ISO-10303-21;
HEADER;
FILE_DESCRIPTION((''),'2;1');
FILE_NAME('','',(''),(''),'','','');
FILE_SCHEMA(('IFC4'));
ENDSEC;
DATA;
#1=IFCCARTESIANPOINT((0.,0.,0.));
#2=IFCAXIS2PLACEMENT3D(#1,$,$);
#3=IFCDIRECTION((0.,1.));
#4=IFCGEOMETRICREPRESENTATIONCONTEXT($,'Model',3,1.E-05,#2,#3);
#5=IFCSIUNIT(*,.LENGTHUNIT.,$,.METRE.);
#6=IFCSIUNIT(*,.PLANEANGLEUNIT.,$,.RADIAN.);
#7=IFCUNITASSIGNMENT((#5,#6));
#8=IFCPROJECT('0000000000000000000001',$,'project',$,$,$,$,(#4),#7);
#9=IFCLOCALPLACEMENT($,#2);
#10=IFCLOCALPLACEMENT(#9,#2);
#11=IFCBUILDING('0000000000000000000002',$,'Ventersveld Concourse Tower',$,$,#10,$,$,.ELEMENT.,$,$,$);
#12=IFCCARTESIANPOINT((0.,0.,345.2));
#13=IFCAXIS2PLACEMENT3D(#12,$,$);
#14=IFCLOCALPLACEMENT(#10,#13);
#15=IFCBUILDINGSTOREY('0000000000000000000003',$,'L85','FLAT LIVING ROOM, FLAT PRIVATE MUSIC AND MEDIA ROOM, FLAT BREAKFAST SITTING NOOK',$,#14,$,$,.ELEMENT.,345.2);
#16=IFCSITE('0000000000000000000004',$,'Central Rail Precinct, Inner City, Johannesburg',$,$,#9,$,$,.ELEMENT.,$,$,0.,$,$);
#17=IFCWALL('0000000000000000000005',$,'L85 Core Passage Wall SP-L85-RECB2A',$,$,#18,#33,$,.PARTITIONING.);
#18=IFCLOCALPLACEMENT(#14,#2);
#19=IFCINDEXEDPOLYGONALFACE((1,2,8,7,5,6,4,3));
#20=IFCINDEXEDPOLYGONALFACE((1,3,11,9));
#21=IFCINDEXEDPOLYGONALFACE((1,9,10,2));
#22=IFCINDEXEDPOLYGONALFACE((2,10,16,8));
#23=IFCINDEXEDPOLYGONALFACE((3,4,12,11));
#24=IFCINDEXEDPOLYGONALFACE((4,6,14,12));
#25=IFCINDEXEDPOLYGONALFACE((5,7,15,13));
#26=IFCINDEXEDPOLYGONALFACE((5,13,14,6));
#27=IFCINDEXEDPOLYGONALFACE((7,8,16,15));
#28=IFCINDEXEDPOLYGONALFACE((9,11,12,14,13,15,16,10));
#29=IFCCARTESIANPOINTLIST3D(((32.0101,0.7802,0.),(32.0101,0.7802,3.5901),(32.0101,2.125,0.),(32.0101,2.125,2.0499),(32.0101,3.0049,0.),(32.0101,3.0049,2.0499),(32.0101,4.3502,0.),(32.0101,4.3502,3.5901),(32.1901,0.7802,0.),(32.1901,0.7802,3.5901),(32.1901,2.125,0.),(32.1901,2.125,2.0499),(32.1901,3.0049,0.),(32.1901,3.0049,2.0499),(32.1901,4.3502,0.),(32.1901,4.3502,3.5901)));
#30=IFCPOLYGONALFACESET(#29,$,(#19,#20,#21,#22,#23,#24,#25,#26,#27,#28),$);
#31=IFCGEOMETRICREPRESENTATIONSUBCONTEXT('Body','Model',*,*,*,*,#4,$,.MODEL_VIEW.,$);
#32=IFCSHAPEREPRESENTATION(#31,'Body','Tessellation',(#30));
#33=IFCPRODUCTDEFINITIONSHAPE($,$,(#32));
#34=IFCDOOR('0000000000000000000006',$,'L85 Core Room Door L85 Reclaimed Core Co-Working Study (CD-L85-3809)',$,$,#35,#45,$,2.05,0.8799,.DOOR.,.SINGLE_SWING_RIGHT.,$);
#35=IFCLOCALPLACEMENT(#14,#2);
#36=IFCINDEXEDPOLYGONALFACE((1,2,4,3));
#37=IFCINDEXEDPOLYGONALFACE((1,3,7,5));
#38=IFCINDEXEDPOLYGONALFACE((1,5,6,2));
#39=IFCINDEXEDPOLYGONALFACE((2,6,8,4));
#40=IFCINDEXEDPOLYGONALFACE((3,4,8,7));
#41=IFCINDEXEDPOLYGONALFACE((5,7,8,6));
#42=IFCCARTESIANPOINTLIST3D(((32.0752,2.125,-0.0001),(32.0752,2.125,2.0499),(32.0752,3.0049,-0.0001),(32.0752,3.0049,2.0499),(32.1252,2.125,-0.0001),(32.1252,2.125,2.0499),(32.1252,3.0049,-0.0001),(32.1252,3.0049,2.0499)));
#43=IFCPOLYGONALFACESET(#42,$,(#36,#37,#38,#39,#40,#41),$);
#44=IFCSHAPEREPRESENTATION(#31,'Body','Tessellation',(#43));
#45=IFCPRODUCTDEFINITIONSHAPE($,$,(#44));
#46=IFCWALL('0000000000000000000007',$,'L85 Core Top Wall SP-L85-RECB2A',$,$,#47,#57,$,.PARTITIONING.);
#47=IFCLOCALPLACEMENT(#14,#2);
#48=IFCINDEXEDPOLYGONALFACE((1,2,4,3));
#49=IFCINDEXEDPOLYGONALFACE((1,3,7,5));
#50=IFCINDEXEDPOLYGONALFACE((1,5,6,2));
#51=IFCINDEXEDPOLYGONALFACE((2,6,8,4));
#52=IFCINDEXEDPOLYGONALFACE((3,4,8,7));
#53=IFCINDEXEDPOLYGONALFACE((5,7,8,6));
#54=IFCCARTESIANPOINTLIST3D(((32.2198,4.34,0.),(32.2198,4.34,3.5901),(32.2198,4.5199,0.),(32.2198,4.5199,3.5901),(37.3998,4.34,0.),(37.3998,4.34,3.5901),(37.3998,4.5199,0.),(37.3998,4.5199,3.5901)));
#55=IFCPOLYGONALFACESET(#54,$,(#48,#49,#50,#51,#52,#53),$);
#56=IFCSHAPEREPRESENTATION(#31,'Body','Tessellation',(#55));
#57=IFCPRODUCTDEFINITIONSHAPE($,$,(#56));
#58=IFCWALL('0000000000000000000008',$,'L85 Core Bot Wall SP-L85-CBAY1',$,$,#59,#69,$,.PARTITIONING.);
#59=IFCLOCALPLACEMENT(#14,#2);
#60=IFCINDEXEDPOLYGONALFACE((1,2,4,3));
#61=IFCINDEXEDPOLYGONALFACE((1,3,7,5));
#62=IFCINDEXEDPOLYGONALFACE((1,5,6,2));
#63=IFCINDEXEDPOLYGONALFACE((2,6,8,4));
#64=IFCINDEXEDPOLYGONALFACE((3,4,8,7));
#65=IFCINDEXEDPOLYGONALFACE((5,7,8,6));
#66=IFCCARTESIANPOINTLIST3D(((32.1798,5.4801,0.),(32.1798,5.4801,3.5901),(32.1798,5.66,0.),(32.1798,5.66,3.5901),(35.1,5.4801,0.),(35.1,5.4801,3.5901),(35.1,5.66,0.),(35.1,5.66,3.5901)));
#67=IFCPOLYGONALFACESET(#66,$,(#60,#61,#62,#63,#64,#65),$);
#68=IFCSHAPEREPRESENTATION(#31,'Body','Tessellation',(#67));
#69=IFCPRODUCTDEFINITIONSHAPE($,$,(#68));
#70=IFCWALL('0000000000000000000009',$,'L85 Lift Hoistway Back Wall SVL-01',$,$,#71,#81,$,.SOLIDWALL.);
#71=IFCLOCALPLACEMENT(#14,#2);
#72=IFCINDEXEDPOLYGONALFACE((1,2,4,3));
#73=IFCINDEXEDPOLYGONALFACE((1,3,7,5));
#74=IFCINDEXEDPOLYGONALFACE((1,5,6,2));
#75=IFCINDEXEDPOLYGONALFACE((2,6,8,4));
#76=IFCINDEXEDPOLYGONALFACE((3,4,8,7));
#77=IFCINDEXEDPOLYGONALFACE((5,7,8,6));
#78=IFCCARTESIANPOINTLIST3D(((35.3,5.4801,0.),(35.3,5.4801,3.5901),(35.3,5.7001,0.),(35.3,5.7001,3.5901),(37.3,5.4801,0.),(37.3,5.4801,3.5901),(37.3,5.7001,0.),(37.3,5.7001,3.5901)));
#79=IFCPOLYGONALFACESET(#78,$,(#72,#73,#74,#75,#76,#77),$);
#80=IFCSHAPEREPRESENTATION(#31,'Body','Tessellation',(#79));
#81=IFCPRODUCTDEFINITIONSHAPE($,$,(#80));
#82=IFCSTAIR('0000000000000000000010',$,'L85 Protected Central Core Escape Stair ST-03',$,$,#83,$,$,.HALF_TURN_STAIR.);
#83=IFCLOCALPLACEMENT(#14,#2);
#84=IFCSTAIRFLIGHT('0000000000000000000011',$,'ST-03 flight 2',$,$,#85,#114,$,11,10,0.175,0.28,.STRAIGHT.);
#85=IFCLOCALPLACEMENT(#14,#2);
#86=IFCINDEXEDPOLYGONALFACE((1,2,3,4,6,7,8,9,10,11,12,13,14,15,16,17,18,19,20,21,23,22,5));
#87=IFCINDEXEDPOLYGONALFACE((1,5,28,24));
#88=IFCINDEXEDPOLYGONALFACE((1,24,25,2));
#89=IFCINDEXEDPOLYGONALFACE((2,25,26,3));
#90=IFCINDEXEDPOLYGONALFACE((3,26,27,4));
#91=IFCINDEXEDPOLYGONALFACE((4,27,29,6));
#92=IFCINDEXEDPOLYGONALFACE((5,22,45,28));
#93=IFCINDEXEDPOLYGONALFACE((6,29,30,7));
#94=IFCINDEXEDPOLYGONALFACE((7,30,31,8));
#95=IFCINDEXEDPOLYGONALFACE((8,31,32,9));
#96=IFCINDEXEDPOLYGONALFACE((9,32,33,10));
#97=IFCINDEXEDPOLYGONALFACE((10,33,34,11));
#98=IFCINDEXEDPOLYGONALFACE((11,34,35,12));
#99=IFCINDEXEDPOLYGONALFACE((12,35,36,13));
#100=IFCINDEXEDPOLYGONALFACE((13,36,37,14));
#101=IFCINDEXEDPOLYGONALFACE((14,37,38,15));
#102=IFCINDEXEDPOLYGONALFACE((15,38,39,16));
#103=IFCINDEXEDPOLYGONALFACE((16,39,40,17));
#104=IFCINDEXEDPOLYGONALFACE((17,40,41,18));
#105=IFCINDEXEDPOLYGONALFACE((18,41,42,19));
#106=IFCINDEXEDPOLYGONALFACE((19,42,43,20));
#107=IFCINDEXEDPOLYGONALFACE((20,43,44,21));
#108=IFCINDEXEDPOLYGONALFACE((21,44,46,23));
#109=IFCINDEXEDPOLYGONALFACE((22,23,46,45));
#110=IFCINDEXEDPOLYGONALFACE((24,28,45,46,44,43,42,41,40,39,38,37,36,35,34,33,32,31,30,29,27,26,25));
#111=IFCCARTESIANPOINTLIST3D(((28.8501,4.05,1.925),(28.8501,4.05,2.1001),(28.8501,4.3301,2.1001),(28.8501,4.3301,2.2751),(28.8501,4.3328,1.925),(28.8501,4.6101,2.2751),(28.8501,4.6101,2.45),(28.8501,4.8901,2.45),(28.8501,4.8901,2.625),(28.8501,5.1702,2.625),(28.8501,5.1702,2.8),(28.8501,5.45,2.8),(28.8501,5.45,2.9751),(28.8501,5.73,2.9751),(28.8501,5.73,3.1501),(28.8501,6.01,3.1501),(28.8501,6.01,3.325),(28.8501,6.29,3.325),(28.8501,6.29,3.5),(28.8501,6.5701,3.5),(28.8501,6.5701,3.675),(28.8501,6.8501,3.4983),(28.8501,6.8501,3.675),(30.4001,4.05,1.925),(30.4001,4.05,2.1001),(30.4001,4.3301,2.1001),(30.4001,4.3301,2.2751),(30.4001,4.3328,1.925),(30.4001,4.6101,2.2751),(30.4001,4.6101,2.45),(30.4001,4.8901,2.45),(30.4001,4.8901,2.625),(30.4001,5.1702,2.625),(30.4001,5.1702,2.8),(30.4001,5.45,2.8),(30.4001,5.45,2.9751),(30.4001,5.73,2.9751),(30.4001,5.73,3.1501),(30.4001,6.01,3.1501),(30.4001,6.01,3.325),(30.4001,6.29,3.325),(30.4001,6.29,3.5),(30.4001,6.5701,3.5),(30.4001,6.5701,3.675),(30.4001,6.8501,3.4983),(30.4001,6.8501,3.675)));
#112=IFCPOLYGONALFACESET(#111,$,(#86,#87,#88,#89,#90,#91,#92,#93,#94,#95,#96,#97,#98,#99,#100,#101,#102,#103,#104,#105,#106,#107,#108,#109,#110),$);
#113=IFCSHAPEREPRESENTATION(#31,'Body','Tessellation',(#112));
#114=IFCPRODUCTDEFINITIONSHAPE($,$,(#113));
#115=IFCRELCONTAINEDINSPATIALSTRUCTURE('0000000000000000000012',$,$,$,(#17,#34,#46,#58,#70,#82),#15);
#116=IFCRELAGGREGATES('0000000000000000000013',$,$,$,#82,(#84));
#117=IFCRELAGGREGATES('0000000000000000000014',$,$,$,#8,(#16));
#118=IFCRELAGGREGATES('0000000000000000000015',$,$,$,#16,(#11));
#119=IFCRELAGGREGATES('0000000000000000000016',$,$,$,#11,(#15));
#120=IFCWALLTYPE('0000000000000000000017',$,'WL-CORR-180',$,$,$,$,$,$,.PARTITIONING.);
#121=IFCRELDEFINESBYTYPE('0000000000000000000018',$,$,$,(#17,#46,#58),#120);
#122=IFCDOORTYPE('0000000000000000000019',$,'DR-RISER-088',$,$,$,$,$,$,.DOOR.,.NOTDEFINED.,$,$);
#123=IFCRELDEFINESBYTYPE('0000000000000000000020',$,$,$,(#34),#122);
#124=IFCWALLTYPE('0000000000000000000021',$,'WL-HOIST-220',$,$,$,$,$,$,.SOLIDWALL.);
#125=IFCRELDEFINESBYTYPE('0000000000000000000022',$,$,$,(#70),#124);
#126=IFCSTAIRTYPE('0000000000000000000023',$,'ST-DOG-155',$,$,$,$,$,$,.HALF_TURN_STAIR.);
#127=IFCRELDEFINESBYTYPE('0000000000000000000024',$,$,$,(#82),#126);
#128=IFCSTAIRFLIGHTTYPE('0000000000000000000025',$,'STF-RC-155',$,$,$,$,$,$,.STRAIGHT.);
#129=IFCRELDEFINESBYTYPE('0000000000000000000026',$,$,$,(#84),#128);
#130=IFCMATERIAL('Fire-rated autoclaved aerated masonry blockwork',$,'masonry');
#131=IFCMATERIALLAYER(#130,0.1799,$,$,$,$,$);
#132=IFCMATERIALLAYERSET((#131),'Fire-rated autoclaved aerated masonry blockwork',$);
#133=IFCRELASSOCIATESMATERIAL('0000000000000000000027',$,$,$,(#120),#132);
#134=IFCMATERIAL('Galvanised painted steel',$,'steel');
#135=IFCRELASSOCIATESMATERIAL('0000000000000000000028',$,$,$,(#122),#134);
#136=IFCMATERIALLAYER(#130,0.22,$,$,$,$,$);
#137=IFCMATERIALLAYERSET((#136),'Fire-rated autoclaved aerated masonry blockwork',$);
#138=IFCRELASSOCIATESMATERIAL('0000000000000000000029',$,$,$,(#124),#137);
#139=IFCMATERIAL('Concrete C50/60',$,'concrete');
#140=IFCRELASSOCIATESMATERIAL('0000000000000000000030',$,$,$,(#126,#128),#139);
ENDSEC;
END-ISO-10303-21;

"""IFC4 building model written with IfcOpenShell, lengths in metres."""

from ifc_helpers import new_model, si_unit, direction, frame, frame_2d, origin, place, context, subcontext, project, spatial, polyline, rectangle, outline, extrude, material, layer, layer_set, type_object, element, fill, aggregate, save


model = new_model("IFC4")

# Units and contexts
model_context = context("Model", 3, precision=1e-05, world=origin(), true_north=direction((0.0, 1.0)))
body_context = subcontext(model_context, "Body", "Model", "MODEL_VIEW")
ifc_project = project(units=[si_unit("LENGTHUNIT", "METRE"), si_unit("PLANEANGLEUNIT", "RADIAN")], contexts=[model_context])

# Site, building, storey
site_placement = place(None, origin())
site = spatial("IfcSite", under=ifc_project, at=site_placement, Name="Central Rail Precinct, Inner City, Johannesburg", CompositionType="ELEMENT", RefElevation=0.0)
building_placement = place(site_placement, origin())
building = spatial("IfcBuilding", under=site, at=building_placement, Name="Ventersveld Concourse Tower", CompositionType="ELEMENT")
storey_placement = place(building_placement, frame((0.0, 0.0, 345.2)))
storey = spatial("IfcBuildingStorey", under=building, at=storey_placement, Name="L85", Description="FLAT LIVING ROOM, FLAT PRIVATE MUSIC AND MEDIA ROOM, FLAT BREAKFAST SITTING NOOK", CompositionType="ELEMENT", Elevation=345.2)

# Shared definitions
ifc_material_1 = material(Name="Concrete C50/60", Category="concrete")

# Wall, opening, door
ifc_material_2 = material(Name="Fire-rated autoclaved aerated masonry blockwork", Category="masonry")
ifc_layer_1 = layer(ifc_material_2, 0.1799)
ifc_layer_set_1 = layer_set([ifc_layer_1], Name="Fire-rated autoclaved aerated masonry blockwork")
wall_type_1 = type_object("IfcWallType", Name="WL-CORR-180", PredefinedType="PARTITIONING", material=ifc_layer_set_1)
wall_1_placement = place(storey_placement, frame((32.1001, 0.78, 0.0), z_axis=(0.0, 0.0, 1.0), x_axis=(0.0, 1.0, 0.0)))
wall_1 = element("IfcWall", 1, at=wall_1_placement, inside=storey, type_object=wall_type_1, Name="L85 Core Passage Wall SP-L85-RECB2A", PredefinedType="PARTITIONING", context=body_context, shape_type="SweptSolid", body=[
    extrude(rectangle(XDim=3.5701, YDim=0.1799, at=frame_2d((1.7852, 0.0))), origin(), (0.0, 0.0, 1.0), 3.5901),
])
opening_1_placement = place(wall_1_placement, frame((1.345, 0.0, 0.0)))
opening_1 = element("IfcOpeningElement", 2, at=opening_1_placement, cuts=wall_1, PredefinedType="OPENING", context=body_context, shape_type="SweptSolid", body=[
    extrude(rectangle(XDim=0.8799, YDim=2.05, at=frame_2d((0.4399, 1.0249))), frame((0.0, 0.1001, 0.0), z_axis=(0.0, -1.0, 0.0), x_axis=(1.0, 0.0, 0.0)), (0.0, 0.0, 1.0), 0.2),
])
ifc_material_3 = material(Name="Galvanised painted steel", Category="steel")
door_type_1 = type_object("IfcDoorType", Name="DR-RISER-088", OperationType="NOTDEFINED", PredefinedType="DOOR", material=ifc_material_3)
door_1_placement = place(opening_1_placement, origin())
door_1 = element("IfcDoor", 3, at=door_1_placement, inside=storey, type_object=door_type_1, Name="L85 Core Room Door L85 Reclaimed Core Co-Working Study (CD-L85-3809)", OperationType="SINGLE_SWING_RIGHT", OverallHeight=2.05, OverallWidth=0.8799, PredefinedType="DOOR", context=body_context, shape_type="SweptSolid", body=[
    extrude(rectangle(XDim=0.8799, YDim=2.05, at=frame_2d((0.4399, 1.0249))), frame((0.0, 0.0249, 0.0), z_axis=(0.0, -1.0, 0.0), x_axis=(1.0, 0.0, 0.0)), (0.0, 0.0, 1.0), 0.05),
])
fill(opening_1, door_1)

# Wall
wall_2_placement = place(storey_placement, frame((32.22, 4.4299, 0.0), z_axis=(0.0, 0.0, 1.0), x_axis=(1.0, 0.0, 0.0)))
element("IfcWall", 4, at=wall_2_placement, inside=storey, type_object=wall_type_1, Name="L85 Core Top Wall SP-L85-RECB2A", PredefinedType="PARTITIONING", context=body_context, shape_type="SweptSolid", body=[
    extrude(rectangle(XDim=5.1799, YDim=0.1799, at=frame_2d((2.5898, 0.0))), origin(), (0.0, 0.0, 1.0), 3.5901),
])

# Walls
wall_3_placement = place(storey_placement, frame((32.1799, 5.5701, 0.0), z_axis=(0.0, 0.0, 1.0), x_axis=(1.0, 0.0, 0.0)))
element("IfcWall", 5, at=wall_3_placement, inside=storey, type_object=wall_type_1, Name="L85 Core Bot Wall SP-L85-CBAY1", PredefinedType="PARTITIONING", context=body_context, shape_type="SweptSolid", body=[
    extrude(rectangle(XDim=2.9202, YDim=0.1799, at=frame_2d((1.46, 0.0))), origin(), (0.0, 0.0, 1.0), 3.5901),
])
ifc_layer_2 = layer(ifc_material_2, 0.22)
ifc_layer_set_2 = layer_set([ifc_layer_2], Name="Fire-rated autoclaved aerated masonry blockwork")
wall_type_2 = type_object("IfcWallType", Name="WL-HOIST-220", PredefinedType="SOLIDWALL", material=ifc_layer_set_2)
wall_4_placement = place(storey_placement, frame((35.3, 5.5901, 0.0), z_axis=(0.0, 0.0, 1.0), x_axis=(1.0, 0.0, 0.0)))
element("IfcWall", 6, at=wall_4_placement, inside=storey, type_object=wall_type_2, Name="L85 Lift Hoistway Back Wall SVL-01", PredefinedType="SOLIDWALL", context=body_context, shape_type="SweptSolid", body=[
    extrude(rectangle(XDim=2.0, YDim=0.22, at=frame_2d((1.0, 0.0))), origin(), (0.0, 0.0, 1.0), 3.5901),
])

# Stair, stair flight
stair_type = type_object("IfcStairType", Name="ST-DOG-155", PredefinedType="HALF_TURN_STAIR", material=ifc_material_1)
stair_placement = place(storey_placement, origin())
stair = element("IfcStair", 7, at=stair_placement, inside=storey, type_object=stair_type, Name="L85 Protected Central Core Escape Stair ST-03", PredefinedType="HALF_TURN_STAIR")
stair_flight_type = type_object("IfcStairFlightType", Name="STF-RC-155", PredefinedType="STRAIGHT", material=ifc_material_1)
stair_flight_placement = place(storey_placement, frame((29.625, 4.05, 1.925), z_axis=(0.0, 0.0, 1.0), x_axis=(0.0, 1.0, 0.0)))
stair_flight = element("IfcStairFlight", 8, at=stair_flight_placement, type_object=stair_flight_type, Name="ST-03 flight 2", NumberOfRisers=11, NumberOfTreads=10, PredefinedType="STRAIGHT", RiserHeight=0.175, TreadLength=0.28, context=body_context, shape_type="SweptSolid", body=[
    extrude(outline(polyline([(0.0, 0.0), (0.0, 0.175), (0.28, 0.175), (0.28, 0.3501), (0.5601, 0.3501), (0.5601, 0.5249), (0.8401, 0.5249), (0.8401, 0.7), (1.1201, 0.7), (1.1201, 0.875), (1.3999, 0.875), (1.3999, 1.05), (1.6799, 1.05), (1.6799, 1.2251), (1.96, 1.2251), (1.96, 1.3999), (2.24, 1.3999), (2.24, 1.575), (2.52, 1.575), (2.52, 1.75), (2.8, 1.75), (2.8, 1.925), (2.8, 1.5732), (0.2827, 0.0), (0.0, 0.0)])), frame((0.0, 0.7749, 0.0), z_axis=(0.0, -1.0, 0.0), x_axis=(1.0, 0.0, 0.0)), (0.0, 0.0, 1.0), 1.55),
])
aggregate(stair, [stair_flight])

save(model, "model.ifc")
